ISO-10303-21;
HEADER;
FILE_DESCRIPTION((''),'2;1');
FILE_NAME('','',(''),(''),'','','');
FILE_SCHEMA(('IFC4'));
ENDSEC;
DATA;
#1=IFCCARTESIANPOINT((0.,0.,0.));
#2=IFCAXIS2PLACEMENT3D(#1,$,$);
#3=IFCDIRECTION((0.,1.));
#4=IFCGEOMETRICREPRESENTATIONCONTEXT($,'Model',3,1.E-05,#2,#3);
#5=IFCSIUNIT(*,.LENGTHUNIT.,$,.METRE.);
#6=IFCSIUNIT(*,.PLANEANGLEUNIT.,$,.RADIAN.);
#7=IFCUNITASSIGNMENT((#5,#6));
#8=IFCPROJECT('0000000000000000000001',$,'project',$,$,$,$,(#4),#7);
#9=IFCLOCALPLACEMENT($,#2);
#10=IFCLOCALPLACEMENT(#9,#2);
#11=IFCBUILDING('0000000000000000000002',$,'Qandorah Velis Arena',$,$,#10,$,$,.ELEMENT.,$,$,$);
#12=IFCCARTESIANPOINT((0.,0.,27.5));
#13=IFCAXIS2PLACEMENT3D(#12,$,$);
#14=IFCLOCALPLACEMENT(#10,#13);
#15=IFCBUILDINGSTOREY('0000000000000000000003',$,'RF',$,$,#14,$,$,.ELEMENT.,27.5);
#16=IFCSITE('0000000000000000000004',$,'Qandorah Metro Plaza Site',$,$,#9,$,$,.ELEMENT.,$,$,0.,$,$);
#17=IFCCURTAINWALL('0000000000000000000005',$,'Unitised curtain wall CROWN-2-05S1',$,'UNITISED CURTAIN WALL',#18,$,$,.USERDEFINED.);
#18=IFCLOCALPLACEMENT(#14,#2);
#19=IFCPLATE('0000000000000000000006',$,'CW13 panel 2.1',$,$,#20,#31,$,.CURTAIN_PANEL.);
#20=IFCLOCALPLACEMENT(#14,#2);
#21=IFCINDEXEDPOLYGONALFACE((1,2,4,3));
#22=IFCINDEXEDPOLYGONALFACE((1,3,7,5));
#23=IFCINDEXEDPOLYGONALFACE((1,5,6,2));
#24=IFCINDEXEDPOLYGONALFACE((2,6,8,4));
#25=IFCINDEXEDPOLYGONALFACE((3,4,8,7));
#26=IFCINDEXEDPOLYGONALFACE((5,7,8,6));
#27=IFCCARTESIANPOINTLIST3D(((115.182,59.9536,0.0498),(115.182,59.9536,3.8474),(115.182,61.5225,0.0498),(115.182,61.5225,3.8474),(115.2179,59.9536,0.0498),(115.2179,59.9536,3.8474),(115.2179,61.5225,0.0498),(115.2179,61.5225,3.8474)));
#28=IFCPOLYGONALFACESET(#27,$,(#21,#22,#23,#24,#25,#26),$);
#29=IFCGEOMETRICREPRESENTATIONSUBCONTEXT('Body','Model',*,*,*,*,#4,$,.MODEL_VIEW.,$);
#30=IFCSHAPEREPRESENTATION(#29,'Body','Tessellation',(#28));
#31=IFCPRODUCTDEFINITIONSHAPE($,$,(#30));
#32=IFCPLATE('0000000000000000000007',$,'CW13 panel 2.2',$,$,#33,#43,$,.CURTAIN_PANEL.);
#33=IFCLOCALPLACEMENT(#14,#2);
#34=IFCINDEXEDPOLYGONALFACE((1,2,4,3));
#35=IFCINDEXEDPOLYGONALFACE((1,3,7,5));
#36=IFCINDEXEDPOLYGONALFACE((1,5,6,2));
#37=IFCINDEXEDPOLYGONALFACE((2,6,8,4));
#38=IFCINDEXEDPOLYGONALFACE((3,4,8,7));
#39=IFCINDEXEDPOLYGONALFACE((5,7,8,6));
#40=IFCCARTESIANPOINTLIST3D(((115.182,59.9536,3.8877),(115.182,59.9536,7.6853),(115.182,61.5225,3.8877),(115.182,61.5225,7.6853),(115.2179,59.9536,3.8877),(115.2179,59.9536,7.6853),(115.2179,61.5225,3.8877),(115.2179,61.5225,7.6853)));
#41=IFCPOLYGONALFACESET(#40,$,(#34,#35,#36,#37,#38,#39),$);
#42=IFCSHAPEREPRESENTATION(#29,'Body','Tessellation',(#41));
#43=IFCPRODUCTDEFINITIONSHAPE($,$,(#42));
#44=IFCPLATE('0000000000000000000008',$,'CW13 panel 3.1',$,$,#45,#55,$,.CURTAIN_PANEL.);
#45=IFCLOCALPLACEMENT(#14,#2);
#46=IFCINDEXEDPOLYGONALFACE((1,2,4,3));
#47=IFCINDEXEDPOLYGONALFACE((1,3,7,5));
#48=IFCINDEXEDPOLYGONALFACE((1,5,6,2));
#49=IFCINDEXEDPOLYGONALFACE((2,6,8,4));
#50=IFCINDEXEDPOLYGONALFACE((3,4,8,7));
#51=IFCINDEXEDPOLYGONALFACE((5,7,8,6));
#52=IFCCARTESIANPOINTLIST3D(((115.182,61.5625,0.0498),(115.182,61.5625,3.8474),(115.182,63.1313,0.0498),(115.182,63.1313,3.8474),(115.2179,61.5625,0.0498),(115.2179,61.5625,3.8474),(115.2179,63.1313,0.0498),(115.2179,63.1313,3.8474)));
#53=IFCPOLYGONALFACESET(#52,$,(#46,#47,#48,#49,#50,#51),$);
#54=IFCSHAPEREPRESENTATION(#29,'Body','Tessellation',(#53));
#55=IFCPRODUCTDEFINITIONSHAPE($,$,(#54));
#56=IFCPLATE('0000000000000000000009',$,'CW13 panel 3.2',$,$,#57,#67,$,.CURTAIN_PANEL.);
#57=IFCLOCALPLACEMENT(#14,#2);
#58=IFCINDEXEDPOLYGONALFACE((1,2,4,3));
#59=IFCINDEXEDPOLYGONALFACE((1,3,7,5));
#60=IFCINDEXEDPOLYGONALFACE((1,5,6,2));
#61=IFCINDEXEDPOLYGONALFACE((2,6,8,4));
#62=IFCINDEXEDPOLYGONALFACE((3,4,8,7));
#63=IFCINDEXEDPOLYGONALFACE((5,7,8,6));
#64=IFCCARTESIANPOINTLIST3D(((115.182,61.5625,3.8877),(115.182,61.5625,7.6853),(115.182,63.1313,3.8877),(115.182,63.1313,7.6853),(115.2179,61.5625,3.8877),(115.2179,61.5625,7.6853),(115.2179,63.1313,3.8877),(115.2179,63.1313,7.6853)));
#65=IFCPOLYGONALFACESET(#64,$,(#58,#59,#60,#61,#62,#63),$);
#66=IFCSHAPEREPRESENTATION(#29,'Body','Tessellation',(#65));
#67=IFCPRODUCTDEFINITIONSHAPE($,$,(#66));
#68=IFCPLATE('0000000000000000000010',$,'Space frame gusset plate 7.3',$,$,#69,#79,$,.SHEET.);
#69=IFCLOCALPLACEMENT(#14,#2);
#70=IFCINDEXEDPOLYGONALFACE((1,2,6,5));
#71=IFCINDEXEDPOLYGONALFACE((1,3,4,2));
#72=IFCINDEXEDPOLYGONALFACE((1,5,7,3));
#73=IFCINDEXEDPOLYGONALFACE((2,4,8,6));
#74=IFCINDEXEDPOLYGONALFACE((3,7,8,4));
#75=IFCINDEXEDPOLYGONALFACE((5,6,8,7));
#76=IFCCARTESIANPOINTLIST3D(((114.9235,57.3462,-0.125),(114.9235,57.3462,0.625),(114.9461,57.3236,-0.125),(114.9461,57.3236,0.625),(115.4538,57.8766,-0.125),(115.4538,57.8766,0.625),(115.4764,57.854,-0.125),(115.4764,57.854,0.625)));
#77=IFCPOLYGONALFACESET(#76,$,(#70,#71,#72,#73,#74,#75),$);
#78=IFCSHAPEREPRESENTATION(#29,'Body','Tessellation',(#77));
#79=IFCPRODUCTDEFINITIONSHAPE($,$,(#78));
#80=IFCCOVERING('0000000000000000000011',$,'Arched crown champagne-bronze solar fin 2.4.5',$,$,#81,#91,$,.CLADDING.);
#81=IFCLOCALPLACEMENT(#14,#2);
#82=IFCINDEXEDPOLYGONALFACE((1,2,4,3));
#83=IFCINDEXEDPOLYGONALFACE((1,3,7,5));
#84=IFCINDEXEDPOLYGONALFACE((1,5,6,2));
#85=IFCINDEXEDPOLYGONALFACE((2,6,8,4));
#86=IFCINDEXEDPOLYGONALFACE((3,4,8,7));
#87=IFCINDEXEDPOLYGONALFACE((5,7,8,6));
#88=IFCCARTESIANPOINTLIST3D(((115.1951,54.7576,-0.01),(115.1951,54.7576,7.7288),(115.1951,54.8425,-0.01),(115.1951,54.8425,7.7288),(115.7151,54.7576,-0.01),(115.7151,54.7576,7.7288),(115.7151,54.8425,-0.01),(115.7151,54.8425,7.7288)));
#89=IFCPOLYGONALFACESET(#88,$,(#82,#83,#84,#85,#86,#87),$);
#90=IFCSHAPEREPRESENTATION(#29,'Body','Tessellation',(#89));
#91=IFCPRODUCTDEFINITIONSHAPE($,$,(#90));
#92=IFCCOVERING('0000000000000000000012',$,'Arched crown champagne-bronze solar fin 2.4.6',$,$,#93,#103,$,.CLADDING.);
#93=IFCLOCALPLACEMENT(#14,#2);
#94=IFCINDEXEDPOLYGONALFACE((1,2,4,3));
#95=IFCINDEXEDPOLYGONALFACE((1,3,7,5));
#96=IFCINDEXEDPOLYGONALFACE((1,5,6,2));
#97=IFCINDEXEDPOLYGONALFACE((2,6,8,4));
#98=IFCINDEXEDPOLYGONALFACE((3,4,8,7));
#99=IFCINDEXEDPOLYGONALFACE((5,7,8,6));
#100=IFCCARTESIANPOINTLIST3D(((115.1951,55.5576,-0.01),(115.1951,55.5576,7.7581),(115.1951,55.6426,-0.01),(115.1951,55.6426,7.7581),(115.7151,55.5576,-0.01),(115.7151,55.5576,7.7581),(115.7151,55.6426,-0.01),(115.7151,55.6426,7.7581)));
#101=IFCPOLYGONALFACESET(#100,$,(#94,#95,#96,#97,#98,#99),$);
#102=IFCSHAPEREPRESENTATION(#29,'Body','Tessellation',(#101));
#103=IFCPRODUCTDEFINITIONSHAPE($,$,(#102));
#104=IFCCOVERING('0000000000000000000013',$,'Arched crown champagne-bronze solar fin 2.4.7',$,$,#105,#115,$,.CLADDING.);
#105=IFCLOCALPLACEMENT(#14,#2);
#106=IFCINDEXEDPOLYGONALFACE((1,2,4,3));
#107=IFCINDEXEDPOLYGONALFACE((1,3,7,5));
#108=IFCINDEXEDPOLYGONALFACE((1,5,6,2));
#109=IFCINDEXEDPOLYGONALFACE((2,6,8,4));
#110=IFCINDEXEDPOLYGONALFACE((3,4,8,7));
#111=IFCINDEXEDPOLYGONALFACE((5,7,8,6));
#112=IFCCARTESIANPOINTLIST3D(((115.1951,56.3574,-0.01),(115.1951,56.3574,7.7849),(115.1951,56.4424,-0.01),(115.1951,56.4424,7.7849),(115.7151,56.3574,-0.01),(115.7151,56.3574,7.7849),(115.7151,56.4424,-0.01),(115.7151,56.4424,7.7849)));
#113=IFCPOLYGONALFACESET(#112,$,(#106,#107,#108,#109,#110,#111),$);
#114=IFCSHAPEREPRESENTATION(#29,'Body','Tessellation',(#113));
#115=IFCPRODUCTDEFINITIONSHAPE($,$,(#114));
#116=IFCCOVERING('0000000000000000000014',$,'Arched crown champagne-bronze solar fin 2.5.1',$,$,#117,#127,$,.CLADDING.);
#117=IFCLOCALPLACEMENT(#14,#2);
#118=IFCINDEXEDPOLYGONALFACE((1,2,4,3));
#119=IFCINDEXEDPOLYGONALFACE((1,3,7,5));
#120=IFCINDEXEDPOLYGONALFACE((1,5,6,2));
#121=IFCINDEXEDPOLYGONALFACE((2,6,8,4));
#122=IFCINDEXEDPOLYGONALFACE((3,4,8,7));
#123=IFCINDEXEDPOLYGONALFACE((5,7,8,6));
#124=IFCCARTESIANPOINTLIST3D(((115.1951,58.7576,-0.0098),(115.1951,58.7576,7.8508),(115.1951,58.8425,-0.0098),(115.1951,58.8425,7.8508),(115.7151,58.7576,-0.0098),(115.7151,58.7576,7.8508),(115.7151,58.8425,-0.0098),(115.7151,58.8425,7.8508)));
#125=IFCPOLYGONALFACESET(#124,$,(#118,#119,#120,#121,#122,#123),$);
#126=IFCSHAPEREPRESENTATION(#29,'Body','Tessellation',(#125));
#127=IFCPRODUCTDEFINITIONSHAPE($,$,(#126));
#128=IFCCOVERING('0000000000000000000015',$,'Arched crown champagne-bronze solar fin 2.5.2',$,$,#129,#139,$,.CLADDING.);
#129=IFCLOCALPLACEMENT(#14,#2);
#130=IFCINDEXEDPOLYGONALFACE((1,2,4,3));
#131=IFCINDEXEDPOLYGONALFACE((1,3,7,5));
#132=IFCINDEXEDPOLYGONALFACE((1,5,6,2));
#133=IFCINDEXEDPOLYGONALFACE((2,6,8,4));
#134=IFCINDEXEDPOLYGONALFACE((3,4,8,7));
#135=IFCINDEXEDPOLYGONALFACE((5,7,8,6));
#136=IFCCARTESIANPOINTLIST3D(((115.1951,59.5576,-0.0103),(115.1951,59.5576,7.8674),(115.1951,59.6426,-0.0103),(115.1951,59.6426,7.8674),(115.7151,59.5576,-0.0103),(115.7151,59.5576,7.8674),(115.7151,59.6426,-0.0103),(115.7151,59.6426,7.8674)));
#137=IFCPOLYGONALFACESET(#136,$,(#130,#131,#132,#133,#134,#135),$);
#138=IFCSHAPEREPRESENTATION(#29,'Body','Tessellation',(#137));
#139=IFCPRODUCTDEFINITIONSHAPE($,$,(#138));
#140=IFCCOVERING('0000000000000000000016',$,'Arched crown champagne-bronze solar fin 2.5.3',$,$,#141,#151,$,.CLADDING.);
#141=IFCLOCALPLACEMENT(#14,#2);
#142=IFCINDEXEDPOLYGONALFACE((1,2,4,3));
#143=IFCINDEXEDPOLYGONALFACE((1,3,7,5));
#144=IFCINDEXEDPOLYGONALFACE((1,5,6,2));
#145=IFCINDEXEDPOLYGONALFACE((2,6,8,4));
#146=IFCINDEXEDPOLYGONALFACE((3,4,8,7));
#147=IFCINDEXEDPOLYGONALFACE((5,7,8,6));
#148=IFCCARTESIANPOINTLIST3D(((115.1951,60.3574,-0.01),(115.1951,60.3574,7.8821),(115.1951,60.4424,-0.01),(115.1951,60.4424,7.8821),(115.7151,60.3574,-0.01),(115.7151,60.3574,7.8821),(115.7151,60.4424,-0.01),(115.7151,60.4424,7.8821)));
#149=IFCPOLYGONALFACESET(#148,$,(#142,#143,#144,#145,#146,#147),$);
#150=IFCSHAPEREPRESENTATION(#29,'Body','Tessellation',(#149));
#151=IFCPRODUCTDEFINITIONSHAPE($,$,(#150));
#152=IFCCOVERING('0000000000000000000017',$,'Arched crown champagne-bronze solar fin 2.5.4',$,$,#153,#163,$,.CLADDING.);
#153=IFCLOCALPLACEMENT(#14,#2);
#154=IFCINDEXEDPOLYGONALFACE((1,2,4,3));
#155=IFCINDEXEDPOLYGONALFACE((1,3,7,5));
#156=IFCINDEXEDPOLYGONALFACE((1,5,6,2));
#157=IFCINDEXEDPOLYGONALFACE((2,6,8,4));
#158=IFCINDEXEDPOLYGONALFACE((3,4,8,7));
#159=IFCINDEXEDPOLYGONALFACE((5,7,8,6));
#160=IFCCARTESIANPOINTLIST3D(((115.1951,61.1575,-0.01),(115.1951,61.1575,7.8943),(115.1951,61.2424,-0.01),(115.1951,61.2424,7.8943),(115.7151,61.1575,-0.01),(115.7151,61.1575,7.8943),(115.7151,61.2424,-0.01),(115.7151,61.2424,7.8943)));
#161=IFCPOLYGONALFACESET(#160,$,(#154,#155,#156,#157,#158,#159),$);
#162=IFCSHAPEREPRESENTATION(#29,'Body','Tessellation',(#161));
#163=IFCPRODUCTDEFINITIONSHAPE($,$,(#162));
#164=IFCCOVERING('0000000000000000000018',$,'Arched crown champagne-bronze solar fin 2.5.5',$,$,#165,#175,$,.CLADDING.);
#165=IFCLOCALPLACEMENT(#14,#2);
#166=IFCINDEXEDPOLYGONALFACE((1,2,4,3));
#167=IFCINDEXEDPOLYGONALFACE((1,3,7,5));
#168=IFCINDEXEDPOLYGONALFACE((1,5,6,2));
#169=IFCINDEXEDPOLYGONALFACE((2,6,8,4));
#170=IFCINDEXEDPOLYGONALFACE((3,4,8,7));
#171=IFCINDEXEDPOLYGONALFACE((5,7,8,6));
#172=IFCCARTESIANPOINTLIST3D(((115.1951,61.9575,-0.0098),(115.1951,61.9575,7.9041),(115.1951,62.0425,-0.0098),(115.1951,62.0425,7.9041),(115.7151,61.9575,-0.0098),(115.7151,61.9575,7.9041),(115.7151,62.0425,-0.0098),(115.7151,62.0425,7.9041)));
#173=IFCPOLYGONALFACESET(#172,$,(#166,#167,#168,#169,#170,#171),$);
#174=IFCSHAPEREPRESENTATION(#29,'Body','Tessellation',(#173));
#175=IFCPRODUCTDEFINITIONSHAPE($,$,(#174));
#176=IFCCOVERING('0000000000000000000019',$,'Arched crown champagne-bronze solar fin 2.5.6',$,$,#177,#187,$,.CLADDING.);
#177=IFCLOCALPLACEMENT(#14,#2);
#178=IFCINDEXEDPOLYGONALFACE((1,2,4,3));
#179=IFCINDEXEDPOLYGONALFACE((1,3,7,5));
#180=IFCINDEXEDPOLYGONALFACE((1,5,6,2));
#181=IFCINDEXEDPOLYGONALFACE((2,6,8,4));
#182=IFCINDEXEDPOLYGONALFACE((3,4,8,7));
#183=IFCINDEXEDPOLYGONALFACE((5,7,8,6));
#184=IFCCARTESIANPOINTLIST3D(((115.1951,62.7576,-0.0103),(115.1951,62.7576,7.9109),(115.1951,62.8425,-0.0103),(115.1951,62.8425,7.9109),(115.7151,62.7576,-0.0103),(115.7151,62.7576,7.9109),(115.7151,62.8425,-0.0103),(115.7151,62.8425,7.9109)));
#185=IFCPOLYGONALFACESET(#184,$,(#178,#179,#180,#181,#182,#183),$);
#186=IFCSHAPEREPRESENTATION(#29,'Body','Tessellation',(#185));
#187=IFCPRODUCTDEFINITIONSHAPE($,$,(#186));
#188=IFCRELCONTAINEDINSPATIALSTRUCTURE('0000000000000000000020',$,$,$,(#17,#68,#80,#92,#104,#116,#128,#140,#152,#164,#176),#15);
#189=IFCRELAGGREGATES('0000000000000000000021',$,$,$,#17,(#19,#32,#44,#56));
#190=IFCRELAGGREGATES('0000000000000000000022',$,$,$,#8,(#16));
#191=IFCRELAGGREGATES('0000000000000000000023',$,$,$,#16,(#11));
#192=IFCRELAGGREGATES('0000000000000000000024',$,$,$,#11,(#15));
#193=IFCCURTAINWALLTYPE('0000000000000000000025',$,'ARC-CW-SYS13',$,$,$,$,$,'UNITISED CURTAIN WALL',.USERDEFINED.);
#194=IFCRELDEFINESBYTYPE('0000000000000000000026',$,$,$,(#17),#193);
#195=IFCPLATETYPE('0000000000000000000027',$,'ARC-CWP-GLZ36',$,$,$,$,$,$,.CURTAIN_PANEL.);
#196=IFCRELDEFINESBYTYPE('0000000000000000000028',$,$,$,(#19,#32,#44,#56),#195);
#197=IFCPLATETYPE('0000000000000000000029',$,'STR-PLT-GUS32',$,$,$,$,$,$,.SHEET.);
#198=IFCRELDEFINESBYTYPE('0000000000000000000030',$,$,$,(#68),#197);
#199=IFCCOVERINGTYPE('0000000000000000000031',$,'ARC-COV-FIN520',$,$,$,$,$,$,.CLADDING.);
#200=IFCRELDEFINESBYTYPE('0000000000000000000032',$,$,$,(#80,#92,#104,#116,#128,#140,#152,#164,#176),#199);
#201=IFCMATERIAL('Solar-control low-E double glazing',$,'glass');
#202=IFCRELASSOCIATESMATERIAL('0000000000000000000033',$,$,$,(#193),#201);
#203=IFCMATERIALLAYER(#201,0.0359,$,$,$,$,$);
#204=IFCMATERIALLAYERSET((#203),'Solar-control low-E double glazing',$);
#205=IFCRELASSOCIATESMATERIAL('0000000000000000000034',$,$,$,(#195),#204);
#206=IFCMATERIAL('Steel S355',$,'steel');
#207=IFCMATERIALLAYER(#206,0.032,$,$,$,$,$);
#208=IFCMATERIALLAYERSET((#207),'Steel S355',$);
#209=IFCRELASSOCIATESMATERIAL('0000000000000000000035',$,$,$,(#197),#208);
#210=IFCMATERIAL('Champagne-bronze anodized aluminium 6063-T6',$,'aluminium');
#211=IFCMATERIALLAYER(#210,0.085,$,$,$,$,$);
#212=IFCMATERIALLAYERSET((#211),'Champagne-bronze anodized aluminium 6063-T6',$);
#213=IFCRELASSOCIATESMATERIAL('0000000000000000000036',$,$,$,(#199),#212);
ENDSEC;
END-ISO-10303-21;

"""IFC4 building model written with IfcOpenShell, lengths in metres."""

from ifc_helpers import new_model, si_unit, direction, frame, origin, origin_2d, place, context, subcontext, project, spatial, rectangle, extrude, material, layer, layer_set, type_object, element, aggregate, save


model = new_model("IFC4")

# Units and contexts
model_context = context("Model", 3, precision=1e-05, world=origin(), true_north=direction((0.0, 1.0)))
body_context = subcontext(model_context, "Body", "Model", "MODEL_VIEW")
ifc_project = project(units=[si_unit("LENGTHUNIT", "METRE"), si_unit("PLANEANGLEUNIT", "RADIAN")], contexts=[model_context])

# Site, building, storey
site_placement = place(None, origin())
site = spatial("IfcSite", under=ifc_project, at=site_placement, Name="Qandorah Metro Plaza Site", CompositionType="ELEMENT", RefElevation=0.0)
building_placement = place(site_placement, origin())
building = spatial("IfcBuilding", under=site, at=building_placement, Name="Qandorah Velis Arena", CompositionType="ELEMENT")
storey_placement = place(building_placement, frame((0.0, 0.0, 27.5)))
storey = spatial("IfcBuildingStorey", under=building, at=storey_placement, Name="RF", CompositionType="ELEMENT", Elevation=27.5)

# Shared definitions
ifc_material_1 = material(Name="Solar-control low-E double glazing", Category="glass")
ifc_material_2 = material(Name="Champagne-bronze anodized aluminium 6063-T6", Category="aluminium")

# Curtain wall
curtain_wall_type_1 = type_object("IfcCurtainWallType", Name="ARC-CW-SYS13", ElementType="UNITISED CURTAIN WALL", PredefinedType="USERDEFINED", material=ifc_material_1)
curtain_wall_1_placement = place(storey_placement, origin())
curtain_wall_1 = element("IfcCurtainWall", 1, at=curtain_wall_1_placement, inside=storey, type_object=curtain_wall_type_1, Name="Unitised curtain wall CROWN-2-05S1", ObjectType="UNITISED CURTAIN WALL", PredefinedType="USERDEFINED")

# Shared definitions
ifc_material_3 = material(Name="Steel S355", Category="steel")

# Plates
ifc_layer_1 = layer(ifc_material_1, 0.0359)
ifc_layer_set_1 = layer_set([ifc_layer_1], Name="Solar-control low-E double glazing")
plate_type_1 = type_object("IfcPlateType", Name="ARC-CWP-GLZ36", PredefinedType="CURTAIN_PANEL", material=ifc_layer_set_1)
plate_1_placement = place(storey_placement, frame((115.2, 60.738, 0.0498), z_axis=(0.0, 0.0, 1.0), x_axis=(0.0, 1.0, 0.0)))
plate_1 = element("IfcPlate", 2, at=plate_1_placement, type_object=plate_type_1, Name="CW13 panel 2.1", PredefinedType="CURTAIN_PANEL", context=body_context, shape_type="SweptSolid", body=[
    extrude(rectangle(XDim=1.5688, YDim=0.0359, at=origin_2d()), origin(), (0.0, 0.0, 1.0), 3.7976),
])
plate_2_placement = place(storey_placement, frame((115.2, 60.738, 3.8877), z_axis=(0.0, 0.0, 1.0), x_axis=(0.0, 1.0, 0.0)))
plate_2 = element("IfcPlate", 3, at=plate_2_placement, type_object=plate_type_1, Name="CW13 panel 2.2", PredefinedType="CURTAIN_PANEL", context=body_context, shape_type="SweptSolid", body=[
    extrude(rectangle(XDim=1.5688, YDim=0.0359, at=origin_2d()), origin(), (0.0, 0.0, 1.0), 3.7976),
])
plate_3_placement = place(storey_placement, frame((115.2, 62.3469, 0.0498), z_axis=(0.0, 0.0, 1.0), x_axis=(0.0, 1.0, 0.0)))
plate_3 = element("IfcPlate", 4, at=plate_3_placement, type_object=plate_type_1, Name="CW13 panel 3.1", PredefinedType="CURTAIN_PANEL", context=body_context, shape_type="SweptSolid", body=[
    extrude(rectangle(XDim=1.5688, YDim=0.0359, at=origin_2d()), origin(), (0.0, 0.0, 1.0), 3.7976),
])
plate_4_placement = place(storey_placement, frame((115.2, 62.3469, 3.8877), z_axis=(0.0, 0.0, 1.0), x_axis=(0.0, 1.0, 0.0)))
plate_4 = element("IfcPlate", 5, at=plate_4_placement, type_object=plate_type_1, Name="CW13 panel 3.2", PredefinedType="CURTAIN_PANEL", context=body_context, shape_type="SweptSolid", body=[
    extrude(rectangle(XDim=1.5688, YDim=0.0359, at=origin_2d()), origin(), (0.0, 0.0, 1.0), 3.7976),
])
aggregate(curtain_wall_1, [plate_1, plate_2, plate_3, plate_4])
ifc_layer_2 = layer(ifc_material_3, 0.032)
ifc_layer_set_2 = layer_set([ifc_layer_2], Name="Steel S355")
plate_type_2 = type_object("IfcPlateType", Name="STR-PLT-GUS32", PredefinedType="SHEET", material=ifc_layer_set_2)
plate_5_placement = place(storey_placement, frame((115.2, 57.6001, -0.125), z_axis=(0.0, 0.0, 1.0), x_axis=(0.707107, 0.707107, 0.0)))
element("IfcPlate", 6, at=plate_5_placement, inside=storey, type_object=plate_type_2, Name="Space frame gusset plate 7.3", PredefinedType="SHEET", context=body_context, shape_type="SweptSolid", body=[
    extrude(rectangle(XDim=0.75, YDim=0.032, at=origin_2d()), origin(), (0.0, 0.0, 1.0), 0.75),
])

# Coverings
ifc_layer_3 = layer(ifc_material_2, 0.085)
ifc_layer_set_3 = layer_set([ifc_layer_3], Name="Champagne-bronze anodized aluminium 6063-T6")
covering_type = type_object("IfcCoveringType", Name="ARC-COV-FIN520", PredefinedType="CLADDING", material=ifc_layer_set_3)
covering_1_placement = place(storey_placement, frame((115.4551, 54.8, -0.01), z_axis=(0.0, 0.0, 1.0), x_axis=(1.0, 0.0, 0.0)))
element("IfcCovering", 7, at=covering_1_placement, inside=storey, type_object=covering_type, Name="Arched crown champagne-bronze solar fin 2.4.5", PredefinedType="CLADDING", context=body_context, shape_type="SweptSolid", body=[
    extrude(rectangle(XDim=0.52, YDim=0.085, at=origin_2d()), origin(), (0.0, 0.0, 1.0), 7.7388),
])
covering_2_placement = place(storey_placement, frame((115.4551, 55.6001, -0.01), z_axis=(0.0, 0.0, 1.0), x_axis=(1.0, 0.0, 0.0)))
element("IfcCovering", 8, at=covering_2_placement, inside=storey, type_object=covering_type, Name="Arched crown champagne-bronze solar fin 2.4.6", PredefinedType="CLADDING", context=body_context, shape_type="SweptSolid", body=[
    extrude(rectangle(XDim=0.52, YDim=0.085, at=origin_2d()), origin(), (0.0, 0.0, 1.0), 7.7681),
])
covering_3_placement = place(storey_placement, frame((115.4551, 56.3999, -0.01), z_axis=(0.0, 0.0, 1.0), x_axis=(1.0, 0.0, 0.0)))
element("IfcCovering", 9, at=covering_3_placement, inside=storey, type_object=covering_type, Name="Arched crown champagne-bronze solar fin 2.4.7", PredefinedType="CLADDING", context=body_context, shape_type="SweptSolid", body=[
    extrude(rectangle(XDim=0.52, YDim=0.085, at=origin_2d()), origin(), (0.0, 0.0, 1.0), 7.7949),
])
covering_4_placement = place(storey_placement, frame((115.4551, 58.8, -0.0098), z_axis=(0.0, 0.0, 1.0), x_axis=(1.0, 0.0, 0.0)))
element("IfcCovering", 10, at=covering_4_placement, inside=storey, type_object=covering_type, Name="Arched crown champagne-bronze solar fin 2.5.1", PredefinedType="CLADDING", context=body_context, shape_type="SweptSolid", body=[
    extrude(rectangle(XDim=0.52, YDim=0.085, at=origin_2d()), origin(), (0.0, 0.0, 1.0), 7.8606),
])
covering_5_placement = place(storey_placement, frame((115.4551, 59.6001, -0.0103), z_axis=(0.0, 0.0, 1.0), x_axis=(1.0, 0.0, 0.0)))
element("IfcCovering", 11, at=covering_5_placement, inside=storey, type_object=covering_type, Name="Arched crown champagne-bronze solar fin 2.5.2", PredefinedType="CLADDING", context=body_context, shape_type="SweptSolid", body=[
    extrude(rectangle(XDim=0.52, YDim=0.085, at=origin_2d()), origin(), (0.0, 0.0, 1.0), 7.8777),
])
covering_6_placement = place(storey_placement, frame((115.4551, 60.3999, -0.01), z_axis=(0.0, 0.0, 1.0), x_axis=(1.0, 0.0, 0.0)))
element("IfcCovering", 12, at=covering_6_placement, inside=storey, type_object=covering_type, Name="Arched crown champagne-bronze solar fin 2.5.3", PredefinedType="CLADDING", context=body_context, shape_type="SweptSolid", body=[
    extrude(rectangle(XDim=0.52, YDim=0.085, at=origin_2d()), origin(), (0.0, 0.0, 1.0), 7.8921),
])
covering_7_placement = place(storey_placement, frame((115.4551, 61.2, -0.01), z_axis=(0.0, 0.0, 1.0), x_axis=(1.0, 0.0, 0.0)))
element("IfcCovering", 13, at=covering_7_placement, inside=storey, type_object=covering_type, Name="Arched crown champagne-bronze solar fin 2.5.4", PredefinedType="CLADDING", context=body_context, shape_type="SweptSolid", body=[
    extrude(rectangle(XDim=0.52, YDim=0.085, at=origin_2d()), origin(), (0.0, 0.0, 1.0), 7.9043),
])
covering_8_placement = place(storey_placement, frame((115.4551, 62.0, -0.0098), z_axis=(0.0, 0.0, 1.0), x_axis=(1.0, 0.0, 0.0)))
element("IfcCovering", 14, at=covering_8_placement, inside=storey, type_object=covering_type, Name="Arched crown champagne-bronze solar fin 2.5.5", PredefinedType="CLADDING", context=body_context, shape_type="SweptSolid", body=[
    extrude(rectangle(XDim=0.52, YDim=0.085, at=origin_2d()), origin(), (0.0, 0.0, 1.0), 7.9138),
])
covering_9_placement = place(storey_placement, frame((115.4551, 62.8, -0.0103), z_axis=(0.0, 0.0, 1.0), x_axis=(1.0, 0.0, 0.0)))
element("IfcCovering", 15, at=covering_9_placement, inside=storey, type_object=covering_type, Name="Arched crown champagne-bronze solar fin 2.5.6", PredefinedType="CLADDING", context=body_context, shape_type="SweptSolid", body=[
    extrude(rectangle(XDim=0.52, YDim=0.085, at=origin_2d()), origin(), (0.0, 0.0, 1.0), 7.9211),
])

save(model, "model.ifc")
